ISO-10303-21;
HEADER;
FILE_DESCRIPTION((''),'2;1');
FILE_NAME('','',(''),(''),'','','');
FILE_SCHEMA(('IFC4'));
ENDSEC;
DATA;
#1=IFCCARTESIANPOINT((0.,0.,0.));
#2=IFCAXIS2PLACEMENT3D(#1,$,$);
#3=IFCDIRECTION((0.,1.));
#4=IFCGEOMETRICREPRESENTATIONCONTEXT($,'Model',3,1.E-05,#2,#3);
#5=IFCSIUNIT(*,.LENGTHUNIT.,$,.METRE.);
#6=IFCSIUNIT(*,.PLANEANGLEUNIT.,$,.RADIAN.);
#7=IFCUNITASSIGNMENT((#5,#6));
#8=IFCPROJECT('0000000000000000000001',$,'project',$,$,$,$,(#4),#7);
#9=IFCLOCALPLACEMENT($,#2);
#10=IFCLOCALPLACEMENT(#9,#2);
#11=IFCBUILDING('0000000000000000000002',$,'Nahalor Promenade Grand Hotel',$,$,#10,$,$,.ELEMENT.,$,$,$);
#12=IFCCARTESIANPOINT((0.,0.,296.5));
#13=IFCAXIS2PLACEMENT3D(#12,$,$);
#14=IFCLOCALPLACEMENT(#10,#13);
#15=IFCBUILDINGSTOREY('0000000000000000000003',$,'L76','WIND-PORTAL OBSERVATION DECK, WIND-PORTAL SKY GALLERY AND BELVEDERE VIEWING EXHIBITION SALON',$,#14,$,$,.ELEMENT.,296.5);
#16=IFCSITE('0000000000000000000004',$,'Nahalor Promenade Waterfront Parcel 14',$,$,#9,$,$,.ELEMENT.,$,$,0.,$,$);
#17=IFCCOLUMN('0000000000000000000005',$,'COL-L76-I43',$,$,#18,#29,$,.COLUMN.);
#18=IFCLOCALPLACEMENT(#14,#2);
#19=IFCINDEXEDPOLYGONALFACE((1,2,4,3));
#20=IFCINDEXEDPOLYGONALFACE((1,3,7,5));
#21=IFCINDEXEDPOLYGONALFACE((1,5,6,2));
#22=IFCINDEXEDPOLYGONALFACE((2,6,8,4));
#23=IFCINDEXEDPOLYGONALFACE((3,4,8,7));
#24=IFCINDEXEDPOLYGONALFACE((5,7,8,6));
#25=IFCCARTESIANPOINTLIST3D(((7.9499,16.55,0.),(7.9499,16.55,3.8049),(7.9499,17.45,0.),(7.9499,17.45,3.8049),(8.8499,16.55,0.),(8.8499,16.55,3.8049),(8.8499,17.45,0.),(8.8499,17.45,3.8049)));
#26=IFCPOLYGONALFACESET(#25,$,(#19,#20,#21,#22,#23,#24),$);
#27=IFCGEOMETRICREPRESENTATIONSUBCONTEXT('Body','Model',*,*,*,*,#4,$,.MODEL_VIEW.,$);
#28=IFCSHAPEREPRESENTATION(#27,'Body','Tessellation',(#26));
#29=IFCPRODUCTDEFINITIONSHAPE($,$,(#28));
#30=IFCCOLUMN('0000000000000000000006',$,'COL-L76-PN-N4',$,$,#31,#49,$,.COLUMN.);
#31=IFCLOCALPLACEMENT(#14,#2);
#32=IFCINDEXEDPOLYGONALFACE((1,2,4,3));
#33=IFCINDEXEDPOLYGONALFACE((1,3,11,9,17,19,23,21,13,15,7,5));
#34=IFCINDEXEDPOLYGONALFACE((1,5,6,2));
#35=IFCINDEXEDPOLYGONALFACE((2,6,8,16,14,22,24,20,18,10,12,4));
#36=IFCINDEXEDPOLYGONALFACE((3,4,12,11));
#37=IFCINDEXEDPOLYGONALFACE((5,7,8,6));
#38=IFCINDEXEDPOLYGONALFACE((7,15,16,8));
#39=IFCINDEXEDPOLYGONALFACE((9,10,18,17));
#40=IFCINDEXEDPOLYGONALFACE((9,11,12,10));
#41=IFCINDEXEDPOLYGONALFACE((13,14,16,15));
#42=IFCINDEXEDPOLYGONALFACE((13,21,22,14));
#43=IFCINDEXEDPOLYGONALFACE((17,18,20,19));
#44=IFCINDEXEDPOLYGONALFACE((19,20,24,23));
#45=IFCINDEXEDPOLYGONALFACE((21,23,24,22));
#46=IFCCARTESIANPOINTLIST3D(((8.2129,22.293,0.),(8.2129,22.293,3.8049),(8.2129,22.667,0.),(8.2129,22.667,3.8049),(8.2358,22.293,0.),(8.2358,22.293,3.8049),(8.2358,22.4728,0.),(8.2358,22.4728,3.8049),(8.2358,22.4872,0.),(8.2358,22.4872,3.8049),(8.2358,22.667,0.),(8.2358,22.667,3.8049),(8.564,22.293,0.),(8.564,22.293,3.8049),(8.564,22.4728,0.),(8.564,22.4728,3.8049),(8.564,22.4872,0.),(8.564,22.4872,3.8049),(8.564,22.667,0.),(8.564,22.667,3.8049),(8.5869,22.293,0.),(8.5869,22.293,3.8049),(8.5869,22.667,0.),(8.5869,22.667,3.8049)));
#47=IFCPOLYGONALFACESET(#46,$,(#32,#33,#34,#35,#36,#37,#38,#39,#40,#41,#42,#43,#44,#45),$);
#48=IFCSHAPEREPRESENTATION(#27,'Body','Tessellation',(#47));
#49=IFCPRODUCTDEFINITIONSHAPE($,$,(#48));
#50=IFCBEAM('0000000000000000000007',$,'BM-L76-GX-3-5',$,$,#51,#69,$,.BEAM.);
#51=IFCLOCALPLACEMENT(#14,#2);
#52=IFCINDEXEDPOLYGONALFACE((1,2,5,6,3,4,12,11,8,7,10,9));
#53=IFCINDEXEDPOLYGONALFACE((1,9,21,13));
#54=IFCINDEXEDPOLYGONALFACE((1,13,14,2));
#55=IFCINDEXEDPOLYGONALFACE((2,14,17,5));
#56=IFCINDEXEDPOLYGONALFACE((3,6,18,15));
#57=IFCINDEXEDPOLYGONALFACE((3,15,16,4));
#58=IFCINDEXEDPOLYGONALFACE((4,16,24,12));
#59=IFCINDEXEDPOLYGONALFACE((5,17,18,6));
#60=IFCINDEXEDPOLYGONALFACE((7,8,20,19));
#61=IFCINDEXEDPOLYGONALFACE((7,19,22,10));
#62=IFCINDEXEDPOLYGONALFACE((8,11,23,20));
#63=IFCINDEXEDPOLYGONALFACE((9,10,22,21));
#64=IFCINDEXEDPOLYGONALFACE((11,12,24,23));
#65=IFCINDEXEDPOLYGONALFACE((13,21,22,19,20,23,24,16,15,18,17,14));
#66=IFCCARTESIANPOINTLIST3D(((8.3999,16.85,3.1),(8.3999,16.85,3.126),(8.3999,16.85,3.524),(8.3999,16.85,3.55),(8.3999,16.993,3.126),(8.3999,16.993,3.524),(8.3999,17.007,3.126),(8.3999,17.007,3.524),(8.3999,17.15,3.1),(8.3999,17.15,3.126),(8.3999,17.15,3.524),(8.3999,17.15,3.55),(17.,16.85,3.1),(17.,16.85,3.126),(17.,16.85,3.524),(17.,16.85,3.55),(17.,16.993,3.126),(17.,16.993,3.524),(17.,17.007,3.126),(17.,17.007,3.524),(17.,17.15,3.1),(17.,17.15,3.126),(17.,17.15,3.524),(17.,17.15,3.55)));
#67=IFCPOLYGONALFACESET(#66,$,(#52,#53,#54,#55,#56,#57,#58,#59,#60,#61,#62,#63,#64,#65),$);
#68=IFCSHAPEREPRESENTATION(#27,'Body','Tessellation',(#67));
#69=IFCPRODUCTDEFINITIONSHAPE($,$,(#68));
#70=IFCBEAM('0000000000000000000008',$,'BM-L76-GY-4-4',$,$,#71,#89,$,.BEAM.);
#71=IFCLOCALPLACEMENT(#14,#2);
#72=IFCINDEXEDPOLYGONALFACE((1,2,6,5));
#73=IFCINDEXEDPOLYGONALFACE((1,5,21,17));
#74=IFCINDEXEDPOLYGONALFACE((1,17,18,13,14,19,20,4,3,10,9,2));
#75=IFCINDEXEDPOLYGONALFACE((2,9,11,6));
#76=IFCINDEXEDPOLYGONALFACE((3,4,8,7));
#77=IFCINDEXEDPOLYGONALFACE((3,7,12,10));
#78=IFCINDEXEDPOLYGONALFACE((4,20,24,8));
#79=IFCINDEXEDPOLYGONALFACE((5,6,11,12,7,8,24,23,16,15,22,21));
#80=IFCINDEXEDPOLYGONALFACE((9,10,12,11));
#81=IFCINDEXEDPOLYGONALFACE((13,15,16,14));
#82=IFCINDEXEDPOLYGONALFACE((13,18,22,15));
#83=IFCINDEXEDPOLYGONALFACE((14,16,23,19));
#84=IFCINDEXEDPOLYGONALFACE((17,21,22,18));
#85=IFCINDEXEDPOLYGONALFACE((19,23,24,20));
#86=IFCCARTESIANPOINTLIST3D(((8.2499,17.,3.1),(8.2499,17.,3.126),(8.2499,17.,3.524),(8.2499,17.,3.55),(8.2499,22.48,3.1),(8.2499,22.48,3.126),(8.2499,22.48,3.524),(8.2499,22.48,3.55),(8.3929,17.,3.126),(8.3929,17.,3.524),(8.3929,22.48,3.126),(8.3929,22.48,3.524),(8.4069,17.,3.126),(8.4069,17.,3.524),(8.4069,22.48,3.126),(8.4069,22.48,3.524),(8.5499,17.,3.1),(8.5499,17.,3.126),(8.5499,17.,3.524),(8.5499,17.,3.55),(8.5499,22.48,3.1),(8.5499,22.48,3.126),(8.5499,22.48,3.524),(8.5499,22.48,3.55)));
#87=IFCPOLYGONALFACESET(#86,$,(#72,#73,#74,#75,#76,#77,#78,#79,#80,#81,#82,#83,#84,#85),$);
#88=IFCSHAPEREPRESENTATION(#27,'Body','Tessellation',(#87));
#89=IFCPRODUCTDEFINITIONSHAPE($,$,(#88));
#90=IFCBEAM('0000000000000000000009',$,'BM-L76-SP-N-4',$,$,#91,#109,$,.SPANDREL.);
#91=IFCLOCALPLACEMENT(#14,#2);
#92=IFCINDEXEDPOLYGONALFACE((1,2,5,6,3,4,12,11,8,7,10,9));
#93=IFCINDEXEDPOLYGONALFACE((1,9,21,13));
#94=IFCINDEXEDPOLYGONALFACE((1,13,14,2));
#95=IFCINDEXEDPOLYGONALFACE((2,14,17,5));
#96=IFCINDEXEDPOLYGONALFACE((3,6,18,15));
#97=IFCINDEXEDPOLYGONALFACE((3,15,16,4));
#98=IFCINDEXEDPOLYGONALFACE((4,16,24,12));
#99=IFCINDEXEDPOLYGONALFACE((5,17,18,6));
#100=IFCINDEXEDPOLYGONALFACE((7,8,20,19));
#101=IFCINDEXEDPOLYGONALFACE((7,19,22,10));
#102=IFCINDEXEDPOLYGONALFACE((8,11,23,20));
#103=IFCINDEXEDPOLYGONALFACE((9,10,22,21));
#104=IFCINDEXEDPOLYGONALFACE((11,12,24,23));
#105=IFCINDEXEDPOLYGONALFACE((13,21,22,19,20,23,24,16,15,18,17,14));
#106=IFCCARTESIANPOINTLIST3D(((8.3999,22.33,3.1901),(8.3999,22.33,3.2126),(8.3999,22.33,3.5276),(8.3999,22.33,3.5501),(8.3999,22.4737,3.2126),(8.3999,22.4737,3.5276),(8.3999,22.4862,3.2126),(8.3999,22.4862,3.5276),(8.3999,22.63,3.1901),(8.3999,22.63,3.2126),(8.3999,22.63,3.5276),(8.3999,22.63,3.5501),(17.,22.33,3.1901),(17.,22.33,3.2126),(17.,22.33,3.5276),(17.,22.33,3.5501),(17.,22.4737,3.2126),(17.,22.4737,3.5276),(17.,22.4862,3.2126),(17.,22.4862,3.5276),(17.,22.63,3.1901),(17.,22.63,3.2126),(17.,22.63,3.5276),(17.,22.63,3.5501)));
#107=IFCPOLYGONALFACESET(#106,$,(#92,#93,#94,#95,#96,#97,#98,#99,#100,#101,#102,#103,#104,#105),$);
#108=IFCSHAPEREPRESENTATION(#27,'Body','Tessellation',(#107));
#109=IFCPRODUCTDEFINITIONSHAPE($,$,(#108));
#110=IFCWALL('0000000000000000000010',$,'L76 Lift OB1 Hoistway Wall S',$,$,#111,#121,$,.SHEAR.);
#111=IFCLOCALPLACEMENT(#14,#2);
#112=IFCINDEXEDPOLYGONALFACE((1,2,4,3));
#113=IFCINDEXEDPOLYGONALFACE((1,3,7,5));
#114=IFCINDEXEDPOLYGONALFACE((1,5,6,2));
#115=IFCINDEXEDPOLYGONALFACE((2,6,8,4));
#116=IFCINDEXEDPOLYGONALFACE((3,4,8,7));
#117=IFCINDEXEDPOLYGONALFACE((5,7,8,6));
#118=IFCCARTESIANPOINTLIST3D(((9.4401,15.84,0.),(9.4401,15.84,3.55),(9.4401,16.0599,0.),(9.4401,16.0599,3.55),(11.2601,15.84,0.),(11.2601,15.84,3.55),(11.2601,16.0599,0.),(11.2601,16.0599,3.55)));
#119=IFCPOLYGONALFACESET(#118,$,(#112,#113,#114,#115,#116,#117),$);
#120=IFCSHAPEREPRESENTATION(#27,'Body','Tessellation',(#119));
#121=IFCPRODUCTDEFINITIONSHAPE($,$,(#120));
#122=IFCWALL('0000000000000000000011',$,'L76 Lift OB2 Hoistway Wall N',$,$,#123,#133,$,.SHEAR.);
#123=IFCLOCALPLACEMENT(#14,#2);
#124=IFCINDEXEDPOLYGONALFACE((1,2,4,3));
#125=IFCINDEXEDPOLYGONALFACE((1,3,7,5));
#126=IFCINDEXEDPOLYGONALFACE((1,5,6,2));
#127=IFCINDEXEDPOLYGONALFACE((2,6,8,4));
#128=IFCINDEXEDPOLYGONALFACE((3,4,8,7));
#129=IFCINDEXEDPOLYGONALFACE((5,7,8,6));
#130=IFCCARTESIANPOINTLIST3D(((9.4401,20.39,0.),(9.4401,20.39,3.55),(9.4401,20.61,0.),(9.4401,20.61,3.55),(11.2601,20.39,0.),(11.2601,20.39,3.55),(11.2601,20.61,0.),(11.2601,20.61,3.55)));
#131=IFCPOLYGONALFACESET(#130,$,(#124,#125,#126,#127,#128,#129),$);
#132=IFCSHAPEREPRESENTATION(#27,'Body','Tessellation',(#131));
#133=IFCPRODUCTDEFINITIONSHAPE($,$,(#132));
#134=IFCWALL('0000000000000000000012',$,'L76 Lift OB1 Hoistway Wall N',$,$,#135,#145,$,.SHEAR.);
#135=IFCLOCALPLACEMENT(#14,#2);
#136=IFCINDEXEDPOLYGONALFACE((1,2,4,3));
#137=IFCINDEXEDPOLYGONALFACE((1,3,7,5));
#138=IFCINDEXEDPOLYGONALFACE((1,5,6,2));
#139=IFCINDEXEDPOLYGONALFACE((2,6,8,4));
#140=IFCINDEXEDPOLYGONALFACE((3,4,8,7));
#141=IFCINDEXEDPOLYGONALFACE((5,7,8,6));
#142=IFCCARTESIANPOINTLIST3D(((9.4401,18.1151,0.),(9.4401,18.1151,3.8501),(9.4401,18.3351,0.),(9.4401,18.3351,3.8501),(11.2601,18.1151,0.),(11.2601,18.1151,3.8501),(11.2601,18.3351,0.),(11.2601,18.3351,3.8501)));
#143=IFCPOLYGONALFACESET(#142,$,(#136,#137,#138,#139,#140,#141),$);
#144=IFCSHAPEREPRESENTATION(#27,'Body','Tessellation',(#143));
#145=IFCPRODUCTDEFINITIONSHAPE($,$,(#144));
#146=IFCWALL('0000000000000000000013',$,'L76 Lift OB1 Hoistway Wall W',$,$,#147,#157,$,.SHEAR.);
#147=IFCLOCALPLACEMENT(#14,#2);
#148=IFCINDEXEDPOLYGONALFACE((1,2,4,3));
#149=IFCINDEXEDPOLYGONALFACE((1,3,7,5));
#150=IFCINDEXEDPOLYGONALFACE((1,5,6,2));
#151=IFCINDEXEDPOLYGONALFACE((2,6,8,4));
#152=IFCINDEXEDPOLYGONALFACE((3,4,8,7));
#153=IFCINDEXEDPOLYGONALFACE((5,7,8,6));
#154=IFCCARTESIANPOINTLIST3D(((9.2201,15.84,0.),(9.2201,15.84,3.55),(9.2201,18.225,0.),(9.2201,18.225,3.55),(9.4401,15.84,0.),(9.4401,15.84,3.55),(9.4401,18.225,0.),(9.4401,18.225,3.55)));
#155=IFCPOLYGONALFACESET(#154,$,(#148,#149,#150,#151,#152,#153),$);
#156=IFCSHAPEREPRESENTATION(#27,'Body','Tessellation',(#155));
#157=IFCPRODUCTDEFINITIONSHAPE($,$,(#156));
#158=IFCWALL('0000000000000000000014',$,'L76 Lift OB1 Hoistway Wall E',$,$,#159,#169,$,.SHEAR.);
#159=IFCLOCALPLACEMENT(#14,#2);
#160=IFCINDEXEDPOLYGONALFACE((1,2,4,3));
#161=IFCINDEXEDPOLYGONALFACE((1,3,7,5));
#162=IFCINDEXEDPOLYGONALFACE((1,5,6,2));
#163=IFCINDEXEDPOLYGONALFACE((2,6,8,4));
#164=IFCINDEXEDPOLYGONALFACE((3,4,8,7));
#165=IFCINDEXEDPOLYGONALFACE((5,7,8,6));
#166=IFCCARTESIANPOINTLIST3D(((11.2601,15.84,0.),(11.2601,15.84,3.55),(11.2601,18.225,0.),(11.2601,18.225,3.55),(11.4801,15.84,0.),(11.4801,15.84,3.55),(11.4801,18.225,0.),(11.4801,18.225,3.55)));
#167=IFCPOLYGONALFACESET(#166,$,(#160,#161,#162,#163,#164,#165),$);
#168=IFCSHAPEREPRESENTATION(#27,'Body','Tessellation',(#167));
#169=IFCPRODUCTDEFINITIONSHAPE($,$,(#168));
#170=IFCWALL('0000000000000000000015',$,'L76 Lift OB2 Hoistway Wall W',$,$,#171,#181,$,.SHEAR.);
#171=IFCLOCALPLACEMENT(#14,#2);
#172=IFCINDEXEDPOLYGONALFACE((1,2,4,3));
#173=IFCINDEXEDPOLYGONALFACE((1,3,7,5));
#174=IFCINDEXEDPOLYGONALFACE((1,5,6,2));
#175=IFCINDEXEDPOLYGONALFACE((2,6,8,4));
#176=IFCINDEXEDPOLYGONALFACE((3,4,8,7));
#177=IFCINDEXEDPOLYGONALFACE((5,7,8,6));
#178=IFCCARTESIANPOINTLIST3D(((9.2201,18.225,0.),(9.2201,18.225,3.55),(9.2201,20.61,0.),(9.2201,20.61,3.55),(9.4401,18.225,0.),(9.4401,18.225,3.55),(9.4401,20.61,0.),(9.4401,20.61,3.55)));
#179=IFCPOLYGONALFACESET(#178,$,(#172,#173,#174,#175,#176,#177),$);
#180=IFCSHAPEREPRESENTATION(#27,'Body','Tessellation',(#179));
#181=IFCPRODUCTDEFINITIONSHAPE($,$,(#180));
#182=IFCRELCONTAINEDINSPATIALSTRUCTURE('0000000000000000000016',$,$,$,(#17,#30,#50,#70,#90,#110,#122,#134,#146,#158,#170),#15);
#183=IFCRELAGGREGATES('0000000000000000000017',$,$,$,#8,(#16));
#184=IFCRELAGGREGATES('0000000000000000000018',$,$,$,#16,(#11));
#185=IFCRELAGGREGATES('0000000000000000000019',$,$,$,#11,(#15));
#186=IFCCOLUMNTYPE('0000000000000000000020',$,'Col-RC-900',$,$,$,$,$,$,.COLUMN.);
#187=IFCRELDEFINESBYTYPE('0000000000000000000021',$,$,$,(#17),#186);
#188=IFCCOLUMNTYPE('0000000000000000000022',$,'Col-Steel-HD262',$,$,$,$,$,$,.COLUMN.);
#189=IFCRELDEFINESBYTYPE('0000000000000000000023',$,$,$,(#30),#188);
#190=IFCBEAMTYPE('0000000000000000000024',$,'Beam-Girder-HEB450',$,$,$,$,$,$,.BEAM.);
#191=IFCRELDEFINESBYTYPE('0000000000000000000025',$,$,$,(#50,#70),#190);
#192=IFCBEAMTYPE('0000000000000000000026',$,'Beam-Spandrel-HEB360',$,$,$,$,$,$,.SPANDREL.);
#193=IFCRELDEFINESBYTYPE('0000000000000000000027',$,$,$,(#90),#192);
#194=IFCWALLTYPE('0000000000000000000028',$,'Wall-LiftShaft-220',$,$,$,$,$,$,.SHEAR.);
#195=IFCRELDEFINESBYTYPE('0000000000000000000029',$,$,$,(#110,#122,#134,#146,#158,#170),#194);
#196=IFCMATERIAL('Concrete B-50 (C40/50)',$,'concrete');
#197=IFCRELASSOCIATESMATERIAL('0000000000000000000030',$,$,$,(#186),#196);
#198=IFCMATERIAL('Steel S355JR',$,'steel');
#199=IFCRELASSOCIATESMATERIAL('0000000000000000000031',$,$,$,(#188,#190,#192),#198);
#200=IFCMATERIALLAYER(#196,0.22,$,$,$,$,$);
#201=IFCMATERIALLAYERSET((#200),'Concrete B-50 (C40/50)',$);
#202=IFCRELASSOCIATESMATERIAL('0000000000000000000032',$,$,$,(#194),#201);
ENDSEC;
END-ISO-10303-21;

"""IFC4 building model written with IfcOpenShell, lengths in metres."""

from ifc_helpers import new_model, si_unit, direction, frame, frame_2d, origin, origin_2d, place, context, subcontext, project, spatial, rectangle, i_section, extrude, source, transform, mapped, material, layer, layer_set, material_profile, profile_set, type_object, element, save


model = new_model("IFC4")

# Units and contexts
model_context = context("Model", 3, precision=1e-05, world=origin(), true_north=direction((0.0, 1.0)))
body_context = subcontext(model_context, "Body", "Model", "MODEL_VIEW")
ifc_project = project(units=[si_unit("LENGTHUNIT", "METRE"), si_unit("PLANEANGLEUNIT", "RADIAN")], contexts=[model_context])

# Site, building, storey
site_placement = place(None, origin())
site = spatial("IfcSite", under=ifc_project, at=site_placement, Name="Nahalor Promenade Waterfront Parcel 14", CompositionType="ELEMENT", RefElevation=0.0)
building_placement = place(site_placement, origin())
building = spatial("IfcBuilding", under=site, at=building_placement, Name="Nahalor Promenade Grand Hotel", CompositionType="ELEMENT")
storey_placement = place(building_placement, frame((0.0, 0.0, 296.5)))
storey = spatial("IfcBuildingStorey", under=building, at=storey_placement, Name="L76", Description="WIND-PORTAL OBSERVATION DECK, WIND-PORTAL SKY GALLERY AND BELVEDERE VIEWING EXHIBITION SALON", CompositionType="ELEMENT", Elevation=296.5)

# Columns
ifc_material_1 = material(Name="Concrete B-50 (C40/50)", Category="concrete")
ifc_material_profile_1 = material_profile(ifc_material_1, rectangle(XDim=0.9, YDim=0.9, at=origin_2d()), Name="RC 900x900")
ifc_profile_set_1 = profile_set([ifc_material_profile_1], Name="Concrete B-50 (C40/50)")
column_type_1 = type_object("IfcColumnType", Name="Col-RC-900", PredefinedType="COLUMN", material=ifc_profile_set_1)
shared_shape_1 = source(origin(), body_context, "Body", "SweptSolid", [
    extrude(rectangle(XDim=0.9, YDim=0.9, at=origin_2d()), origin(), (0.0, 0.0, 1.0), 3.8049),
])
column_1_placement = place(storey_placement, frame((8.3999, 17.0, 0.0), z_axis=(0.0, 0.0, 1.0), x_axis=(1.0, 0.0, 0.0)))
element("IfcColumn", 1, at=column_1_placement, inside=storey, type_object=column_type_1, Name="COL-L76-I43", PredefinedType="COLUMN", context=body_context, shape_type="MappedRepresentation", body=[
    mapped(shared_shape_1, transform((0.0, 0.0, 0.0), scale=1.0)),
])
ifc_material_2 = material(Name="Steel S355JR", Category="steel")
ifc_material_profile_2 = material_profile(ifc_material_2, i_section(OverallWidth=0.374, OverallDepth=0.374, WebThickness=0.0144, FlangeThickness=0.0229, at=origin_2d()), Name="HD 360x262")
ifc_profile_set_2 = profile_set([ifc_material_profile_2], Name="Steel S355JR")
column_type_2 = type_object("IfcColumnType", Name="Col-Steel-HD262", PredefinedType="COLUMN", material=ifc_profile_set_2)
shared_shape_2 = source(origin(), body_context, "Body", "SweptSolid", [
    extrude(i_section(OverallWidth=0.374, OverallDepth=0.374, WebThickness=0.0144, FlangeThickness=0.0229, at=origin_2d()), origin(), (0.0, 0.0, 1.0), 3.8049),
])
column_2_placement = place(storey_placement, frame((8.3999, 22.48, 0.0), z_axis=(0.0, 0.0, 1.0), x_axis=(0.0, 1.0, 0.0)))
element("IfcColumn", 2, at=column_2_placement, inside=storey, type_object=column_type_2, Name="COL-L76-PN-N4", PredefinedType="COLUMN", context=body_context, shape_type="MappedRepresentation", body=[
    mapped(shared_shape_2, transform((0.0, 0.0, 0.0), scale=1.0)),
])

# Beams
ifc_material_profile_3 = material_profile(ifc_material_2, i_section(OverallWidth=0.3, OverallDepth=0.45, WebThickness=0.014, FlangeThickness=0.026, at=origin_2d()), Name="HEB 450")
ifc_profile_set_3 = profile_set([ifc_material_profile_3], Name="Steel S355JR")
beam_type_1 = type_object("IfcBeamType", Name="Beam-Girder-HEB450", PredefinedType="BEAM", material=ifc_profile_set_3)
shared_shape_3 = source(origin(), body_context, "Body", "SweptSolid", [
    extrude(i_section(OverallWidth=0.3, OverallDepth=0.45, WebThickness=0.014, FlangeThickness=0.026, at=origin_2d()), origin(), (0.0, 0.0, 1.0), 8.6001),
])
beam_1_placement = place(storey_placement, frame((8.3999, 17.0, 3.325), z_axis=(1.0, 0.0, 0.0), x_axis=(0.0, 1.0, 0.0)))
element("IfcBeam", 3, at=beam_1_placement, inside=storey, type_object=beam_type_1, Name="BM-L76-GX-3-5", PredefinedType="BEAM", context=body_context, shape_type="MappedRepresentation", body=[
    mapped(shared_shape_3, transform((0.0, 0.0, 0.0), scale=1.0)),
])
shared_shape_4 = source(origin(), body_context, "Body", "SweptSolid", [
    extrude(i_section(OverallWidth=0.3, OverallDepth=0.45, WebThickness=0.014, FlangeThickness=0.026, at=origin_2d()), origin(), (0.0, 0.0, 1.0), 5.48),
])
beam_2_placement = place(storey_placement, frame((8.3999, 17.0, 3.325), z_axis=(0.0, 1.0, 0.0), x_axis=(-1.0, 0.0, 0.0)))
element("IfcBeam", 4, at=beam_2_placement, inside=storey, type_object=beam_type_1, Name="BM-L76-GY-4-4", PredefinedType="BEAM", context=body_context, shape_type="MappedRepresentation", body=[
    mapped(shared_shape_4, transform((0.0, 0.0, 0.0), scale=1.0)),
])
ifc_material_profile_4 = material_profile(ifc_material_2, i_section(OverallWidth=0.3, OverallDepth=0.36, WebThickness=0.0125, FlangeThickness=0.0225, at=origin_2d()), Name="HEB 360")
ifc_profile_set_4 = profile_set([ifc_material_profile_4], Name="Steel S355JR")
beam_type_2 = type_object("IfcBeamType", Name="Beam-Spandrel-HEB360", PredefinedType="SPANDREL", material=ifc_profile_set_4)
shared_shape_5 = source(origin(), body_context, "Body", "SweptSolid", [
    extrude(i_section(OverallWidth=0.3, OverallDepth=0.36, WebThickness=0.0125, FlangeThickness=0.0225, at=origin_2d()), origin(), (0.0, 0.0, 1.0), 8.6001),
])
beam_3_placement = place(storey_placement, frame((8.3999, 22.48, 3.3701), z_axis=(1.0, 0.0, 0.0), x_axis=(0.0, 1.0, 0.0)))
element("IfcBeam", 5, at=beam_3_placement, inside=storey, type_object=beam_type_2, Name="BM-L76-SP-N-4", PredefinedType="SPANDREL", context=body_context, shape_type="MappedRepresentation", body=[
    mapped(shared_shape_5, transform((0.0, 0.0, 0.0), scale=1.0)),
])

# Walls
ifc_layer_1 = layer(ifc_material_1, 0.22)
ifc_layer_set_1 = layer_set([ifc_layer_1], Name="Concrete B-50 (C40/50)")
wall_type_1 = type_object("IfcWallType", Name="Wall-LiftShaft-220", PredefinedType="SHEAR", material=ifc_layer_set_1)
shared_shape_6 = source(origin(), body_context, "Body", "SweptSolid", [
    extrude(rectangle(XDim=1.8201, YDim=0.22, at=frame_2d((0.9102, 0.0))), origin(), (0.0, 0.0, 1.0), 3.55),
])
for number, where, z_axis, x_axis, name in (
    (6, (9.4399, 15.95, 0.0), (0.0, 0.0, 1.0), (1.0, 0.0, 0.0), "L76 Lift OB1 Hoistway Wall S"),
    (7, (9.4399, 20.5, 0.0), (0.0, 0.0, 1.0), (1.0, 0.0, 0.0), "L76 Lift OB2 Hoistway Wall N"),
):
    element("IfcWall", number, at=place(storey_placement, frame(where, z_axis=z_axis, x_axis=x_axis)), inside=storey, type_object=wall_type_1, Name=name, PredefinedType="SHEAR", context=body_context, shape_type="MappedRepresentation", body=[
        mapped(shared_shape_6, transform((0.0, 0.0, 0.0), scale=1.0)),
    ])
shared_shape_7 = source(origin(), body_context, "Body", "SweptSolid", [
    extrude(rectangle(XDim=1.8201, YDim=0.22, at=frame_2d((0.9102, 0.0))), origin(), (0.0, 0.0, 1.0), 3.8501),
])
wall_1_placement = place(storey_placement, frame((9.4399, 18.2251, 0.0), z_axis=(0.0, 0.0, 1.0), x_axis=(1.0, 0.0, 0.0)))
element("IfcWall", 8, at=wall_1_placement, inside=storey, type_object=wall_type_1, Name="L76 Lift OB1 Hoistway Wall N", PredefinedType="SHEAR", context=body_context, shape_type="MappedRepresentation", body=[
    mapped(shared_shape_7, transform((0.0, 0.0, 0.0), scale=1.0)),
])
shared_shape_8 = source(origin(), body_context, "Body", "SweptSolid", [
    extrude(rectangle(XDim=2.385, YDim=0.22, at=frame_2d((1.1924, 0.0))), origin(), (0.0, 0.0, 1.0), 3.55),
])
for number, where, z_axis, x_axis, name in (
    (9, (9.3301, 15.8401, 0.0), (0.0, 0.0, 1.0), (0.0, 1.0, 0.0), "L76 Lift OB1 Hoistway Wall W"),
    (10, (11.3701, 15.8401, 0.0), (0.0, 0.0, 1.0), (0.0, 1.0, 0.0), "L76 Lift OB1 Hoistway Wall E"),
    (11, (9.3301, 18.2251, 0.0), (0.0, 0.0, 1.0), (0.0, 1.0, 0.0), "L76 Lift OB2 Hoistway Wall W"),
):
    element("IfcWall", number, at=place(storey_placement, frame(where, z_axis=z_axis, x_axis=x_axis)), inside=storey, type_object=wall_type_1, Name=name, PredefinedType="SHEAR", context=body_context, shape_type="MappedRepresentation", body=[
        mapped(shared_shape_8, transform((0.0, 0.0, 0.0), scale=1.0)),
    ])

save(model, "model.ifc")
